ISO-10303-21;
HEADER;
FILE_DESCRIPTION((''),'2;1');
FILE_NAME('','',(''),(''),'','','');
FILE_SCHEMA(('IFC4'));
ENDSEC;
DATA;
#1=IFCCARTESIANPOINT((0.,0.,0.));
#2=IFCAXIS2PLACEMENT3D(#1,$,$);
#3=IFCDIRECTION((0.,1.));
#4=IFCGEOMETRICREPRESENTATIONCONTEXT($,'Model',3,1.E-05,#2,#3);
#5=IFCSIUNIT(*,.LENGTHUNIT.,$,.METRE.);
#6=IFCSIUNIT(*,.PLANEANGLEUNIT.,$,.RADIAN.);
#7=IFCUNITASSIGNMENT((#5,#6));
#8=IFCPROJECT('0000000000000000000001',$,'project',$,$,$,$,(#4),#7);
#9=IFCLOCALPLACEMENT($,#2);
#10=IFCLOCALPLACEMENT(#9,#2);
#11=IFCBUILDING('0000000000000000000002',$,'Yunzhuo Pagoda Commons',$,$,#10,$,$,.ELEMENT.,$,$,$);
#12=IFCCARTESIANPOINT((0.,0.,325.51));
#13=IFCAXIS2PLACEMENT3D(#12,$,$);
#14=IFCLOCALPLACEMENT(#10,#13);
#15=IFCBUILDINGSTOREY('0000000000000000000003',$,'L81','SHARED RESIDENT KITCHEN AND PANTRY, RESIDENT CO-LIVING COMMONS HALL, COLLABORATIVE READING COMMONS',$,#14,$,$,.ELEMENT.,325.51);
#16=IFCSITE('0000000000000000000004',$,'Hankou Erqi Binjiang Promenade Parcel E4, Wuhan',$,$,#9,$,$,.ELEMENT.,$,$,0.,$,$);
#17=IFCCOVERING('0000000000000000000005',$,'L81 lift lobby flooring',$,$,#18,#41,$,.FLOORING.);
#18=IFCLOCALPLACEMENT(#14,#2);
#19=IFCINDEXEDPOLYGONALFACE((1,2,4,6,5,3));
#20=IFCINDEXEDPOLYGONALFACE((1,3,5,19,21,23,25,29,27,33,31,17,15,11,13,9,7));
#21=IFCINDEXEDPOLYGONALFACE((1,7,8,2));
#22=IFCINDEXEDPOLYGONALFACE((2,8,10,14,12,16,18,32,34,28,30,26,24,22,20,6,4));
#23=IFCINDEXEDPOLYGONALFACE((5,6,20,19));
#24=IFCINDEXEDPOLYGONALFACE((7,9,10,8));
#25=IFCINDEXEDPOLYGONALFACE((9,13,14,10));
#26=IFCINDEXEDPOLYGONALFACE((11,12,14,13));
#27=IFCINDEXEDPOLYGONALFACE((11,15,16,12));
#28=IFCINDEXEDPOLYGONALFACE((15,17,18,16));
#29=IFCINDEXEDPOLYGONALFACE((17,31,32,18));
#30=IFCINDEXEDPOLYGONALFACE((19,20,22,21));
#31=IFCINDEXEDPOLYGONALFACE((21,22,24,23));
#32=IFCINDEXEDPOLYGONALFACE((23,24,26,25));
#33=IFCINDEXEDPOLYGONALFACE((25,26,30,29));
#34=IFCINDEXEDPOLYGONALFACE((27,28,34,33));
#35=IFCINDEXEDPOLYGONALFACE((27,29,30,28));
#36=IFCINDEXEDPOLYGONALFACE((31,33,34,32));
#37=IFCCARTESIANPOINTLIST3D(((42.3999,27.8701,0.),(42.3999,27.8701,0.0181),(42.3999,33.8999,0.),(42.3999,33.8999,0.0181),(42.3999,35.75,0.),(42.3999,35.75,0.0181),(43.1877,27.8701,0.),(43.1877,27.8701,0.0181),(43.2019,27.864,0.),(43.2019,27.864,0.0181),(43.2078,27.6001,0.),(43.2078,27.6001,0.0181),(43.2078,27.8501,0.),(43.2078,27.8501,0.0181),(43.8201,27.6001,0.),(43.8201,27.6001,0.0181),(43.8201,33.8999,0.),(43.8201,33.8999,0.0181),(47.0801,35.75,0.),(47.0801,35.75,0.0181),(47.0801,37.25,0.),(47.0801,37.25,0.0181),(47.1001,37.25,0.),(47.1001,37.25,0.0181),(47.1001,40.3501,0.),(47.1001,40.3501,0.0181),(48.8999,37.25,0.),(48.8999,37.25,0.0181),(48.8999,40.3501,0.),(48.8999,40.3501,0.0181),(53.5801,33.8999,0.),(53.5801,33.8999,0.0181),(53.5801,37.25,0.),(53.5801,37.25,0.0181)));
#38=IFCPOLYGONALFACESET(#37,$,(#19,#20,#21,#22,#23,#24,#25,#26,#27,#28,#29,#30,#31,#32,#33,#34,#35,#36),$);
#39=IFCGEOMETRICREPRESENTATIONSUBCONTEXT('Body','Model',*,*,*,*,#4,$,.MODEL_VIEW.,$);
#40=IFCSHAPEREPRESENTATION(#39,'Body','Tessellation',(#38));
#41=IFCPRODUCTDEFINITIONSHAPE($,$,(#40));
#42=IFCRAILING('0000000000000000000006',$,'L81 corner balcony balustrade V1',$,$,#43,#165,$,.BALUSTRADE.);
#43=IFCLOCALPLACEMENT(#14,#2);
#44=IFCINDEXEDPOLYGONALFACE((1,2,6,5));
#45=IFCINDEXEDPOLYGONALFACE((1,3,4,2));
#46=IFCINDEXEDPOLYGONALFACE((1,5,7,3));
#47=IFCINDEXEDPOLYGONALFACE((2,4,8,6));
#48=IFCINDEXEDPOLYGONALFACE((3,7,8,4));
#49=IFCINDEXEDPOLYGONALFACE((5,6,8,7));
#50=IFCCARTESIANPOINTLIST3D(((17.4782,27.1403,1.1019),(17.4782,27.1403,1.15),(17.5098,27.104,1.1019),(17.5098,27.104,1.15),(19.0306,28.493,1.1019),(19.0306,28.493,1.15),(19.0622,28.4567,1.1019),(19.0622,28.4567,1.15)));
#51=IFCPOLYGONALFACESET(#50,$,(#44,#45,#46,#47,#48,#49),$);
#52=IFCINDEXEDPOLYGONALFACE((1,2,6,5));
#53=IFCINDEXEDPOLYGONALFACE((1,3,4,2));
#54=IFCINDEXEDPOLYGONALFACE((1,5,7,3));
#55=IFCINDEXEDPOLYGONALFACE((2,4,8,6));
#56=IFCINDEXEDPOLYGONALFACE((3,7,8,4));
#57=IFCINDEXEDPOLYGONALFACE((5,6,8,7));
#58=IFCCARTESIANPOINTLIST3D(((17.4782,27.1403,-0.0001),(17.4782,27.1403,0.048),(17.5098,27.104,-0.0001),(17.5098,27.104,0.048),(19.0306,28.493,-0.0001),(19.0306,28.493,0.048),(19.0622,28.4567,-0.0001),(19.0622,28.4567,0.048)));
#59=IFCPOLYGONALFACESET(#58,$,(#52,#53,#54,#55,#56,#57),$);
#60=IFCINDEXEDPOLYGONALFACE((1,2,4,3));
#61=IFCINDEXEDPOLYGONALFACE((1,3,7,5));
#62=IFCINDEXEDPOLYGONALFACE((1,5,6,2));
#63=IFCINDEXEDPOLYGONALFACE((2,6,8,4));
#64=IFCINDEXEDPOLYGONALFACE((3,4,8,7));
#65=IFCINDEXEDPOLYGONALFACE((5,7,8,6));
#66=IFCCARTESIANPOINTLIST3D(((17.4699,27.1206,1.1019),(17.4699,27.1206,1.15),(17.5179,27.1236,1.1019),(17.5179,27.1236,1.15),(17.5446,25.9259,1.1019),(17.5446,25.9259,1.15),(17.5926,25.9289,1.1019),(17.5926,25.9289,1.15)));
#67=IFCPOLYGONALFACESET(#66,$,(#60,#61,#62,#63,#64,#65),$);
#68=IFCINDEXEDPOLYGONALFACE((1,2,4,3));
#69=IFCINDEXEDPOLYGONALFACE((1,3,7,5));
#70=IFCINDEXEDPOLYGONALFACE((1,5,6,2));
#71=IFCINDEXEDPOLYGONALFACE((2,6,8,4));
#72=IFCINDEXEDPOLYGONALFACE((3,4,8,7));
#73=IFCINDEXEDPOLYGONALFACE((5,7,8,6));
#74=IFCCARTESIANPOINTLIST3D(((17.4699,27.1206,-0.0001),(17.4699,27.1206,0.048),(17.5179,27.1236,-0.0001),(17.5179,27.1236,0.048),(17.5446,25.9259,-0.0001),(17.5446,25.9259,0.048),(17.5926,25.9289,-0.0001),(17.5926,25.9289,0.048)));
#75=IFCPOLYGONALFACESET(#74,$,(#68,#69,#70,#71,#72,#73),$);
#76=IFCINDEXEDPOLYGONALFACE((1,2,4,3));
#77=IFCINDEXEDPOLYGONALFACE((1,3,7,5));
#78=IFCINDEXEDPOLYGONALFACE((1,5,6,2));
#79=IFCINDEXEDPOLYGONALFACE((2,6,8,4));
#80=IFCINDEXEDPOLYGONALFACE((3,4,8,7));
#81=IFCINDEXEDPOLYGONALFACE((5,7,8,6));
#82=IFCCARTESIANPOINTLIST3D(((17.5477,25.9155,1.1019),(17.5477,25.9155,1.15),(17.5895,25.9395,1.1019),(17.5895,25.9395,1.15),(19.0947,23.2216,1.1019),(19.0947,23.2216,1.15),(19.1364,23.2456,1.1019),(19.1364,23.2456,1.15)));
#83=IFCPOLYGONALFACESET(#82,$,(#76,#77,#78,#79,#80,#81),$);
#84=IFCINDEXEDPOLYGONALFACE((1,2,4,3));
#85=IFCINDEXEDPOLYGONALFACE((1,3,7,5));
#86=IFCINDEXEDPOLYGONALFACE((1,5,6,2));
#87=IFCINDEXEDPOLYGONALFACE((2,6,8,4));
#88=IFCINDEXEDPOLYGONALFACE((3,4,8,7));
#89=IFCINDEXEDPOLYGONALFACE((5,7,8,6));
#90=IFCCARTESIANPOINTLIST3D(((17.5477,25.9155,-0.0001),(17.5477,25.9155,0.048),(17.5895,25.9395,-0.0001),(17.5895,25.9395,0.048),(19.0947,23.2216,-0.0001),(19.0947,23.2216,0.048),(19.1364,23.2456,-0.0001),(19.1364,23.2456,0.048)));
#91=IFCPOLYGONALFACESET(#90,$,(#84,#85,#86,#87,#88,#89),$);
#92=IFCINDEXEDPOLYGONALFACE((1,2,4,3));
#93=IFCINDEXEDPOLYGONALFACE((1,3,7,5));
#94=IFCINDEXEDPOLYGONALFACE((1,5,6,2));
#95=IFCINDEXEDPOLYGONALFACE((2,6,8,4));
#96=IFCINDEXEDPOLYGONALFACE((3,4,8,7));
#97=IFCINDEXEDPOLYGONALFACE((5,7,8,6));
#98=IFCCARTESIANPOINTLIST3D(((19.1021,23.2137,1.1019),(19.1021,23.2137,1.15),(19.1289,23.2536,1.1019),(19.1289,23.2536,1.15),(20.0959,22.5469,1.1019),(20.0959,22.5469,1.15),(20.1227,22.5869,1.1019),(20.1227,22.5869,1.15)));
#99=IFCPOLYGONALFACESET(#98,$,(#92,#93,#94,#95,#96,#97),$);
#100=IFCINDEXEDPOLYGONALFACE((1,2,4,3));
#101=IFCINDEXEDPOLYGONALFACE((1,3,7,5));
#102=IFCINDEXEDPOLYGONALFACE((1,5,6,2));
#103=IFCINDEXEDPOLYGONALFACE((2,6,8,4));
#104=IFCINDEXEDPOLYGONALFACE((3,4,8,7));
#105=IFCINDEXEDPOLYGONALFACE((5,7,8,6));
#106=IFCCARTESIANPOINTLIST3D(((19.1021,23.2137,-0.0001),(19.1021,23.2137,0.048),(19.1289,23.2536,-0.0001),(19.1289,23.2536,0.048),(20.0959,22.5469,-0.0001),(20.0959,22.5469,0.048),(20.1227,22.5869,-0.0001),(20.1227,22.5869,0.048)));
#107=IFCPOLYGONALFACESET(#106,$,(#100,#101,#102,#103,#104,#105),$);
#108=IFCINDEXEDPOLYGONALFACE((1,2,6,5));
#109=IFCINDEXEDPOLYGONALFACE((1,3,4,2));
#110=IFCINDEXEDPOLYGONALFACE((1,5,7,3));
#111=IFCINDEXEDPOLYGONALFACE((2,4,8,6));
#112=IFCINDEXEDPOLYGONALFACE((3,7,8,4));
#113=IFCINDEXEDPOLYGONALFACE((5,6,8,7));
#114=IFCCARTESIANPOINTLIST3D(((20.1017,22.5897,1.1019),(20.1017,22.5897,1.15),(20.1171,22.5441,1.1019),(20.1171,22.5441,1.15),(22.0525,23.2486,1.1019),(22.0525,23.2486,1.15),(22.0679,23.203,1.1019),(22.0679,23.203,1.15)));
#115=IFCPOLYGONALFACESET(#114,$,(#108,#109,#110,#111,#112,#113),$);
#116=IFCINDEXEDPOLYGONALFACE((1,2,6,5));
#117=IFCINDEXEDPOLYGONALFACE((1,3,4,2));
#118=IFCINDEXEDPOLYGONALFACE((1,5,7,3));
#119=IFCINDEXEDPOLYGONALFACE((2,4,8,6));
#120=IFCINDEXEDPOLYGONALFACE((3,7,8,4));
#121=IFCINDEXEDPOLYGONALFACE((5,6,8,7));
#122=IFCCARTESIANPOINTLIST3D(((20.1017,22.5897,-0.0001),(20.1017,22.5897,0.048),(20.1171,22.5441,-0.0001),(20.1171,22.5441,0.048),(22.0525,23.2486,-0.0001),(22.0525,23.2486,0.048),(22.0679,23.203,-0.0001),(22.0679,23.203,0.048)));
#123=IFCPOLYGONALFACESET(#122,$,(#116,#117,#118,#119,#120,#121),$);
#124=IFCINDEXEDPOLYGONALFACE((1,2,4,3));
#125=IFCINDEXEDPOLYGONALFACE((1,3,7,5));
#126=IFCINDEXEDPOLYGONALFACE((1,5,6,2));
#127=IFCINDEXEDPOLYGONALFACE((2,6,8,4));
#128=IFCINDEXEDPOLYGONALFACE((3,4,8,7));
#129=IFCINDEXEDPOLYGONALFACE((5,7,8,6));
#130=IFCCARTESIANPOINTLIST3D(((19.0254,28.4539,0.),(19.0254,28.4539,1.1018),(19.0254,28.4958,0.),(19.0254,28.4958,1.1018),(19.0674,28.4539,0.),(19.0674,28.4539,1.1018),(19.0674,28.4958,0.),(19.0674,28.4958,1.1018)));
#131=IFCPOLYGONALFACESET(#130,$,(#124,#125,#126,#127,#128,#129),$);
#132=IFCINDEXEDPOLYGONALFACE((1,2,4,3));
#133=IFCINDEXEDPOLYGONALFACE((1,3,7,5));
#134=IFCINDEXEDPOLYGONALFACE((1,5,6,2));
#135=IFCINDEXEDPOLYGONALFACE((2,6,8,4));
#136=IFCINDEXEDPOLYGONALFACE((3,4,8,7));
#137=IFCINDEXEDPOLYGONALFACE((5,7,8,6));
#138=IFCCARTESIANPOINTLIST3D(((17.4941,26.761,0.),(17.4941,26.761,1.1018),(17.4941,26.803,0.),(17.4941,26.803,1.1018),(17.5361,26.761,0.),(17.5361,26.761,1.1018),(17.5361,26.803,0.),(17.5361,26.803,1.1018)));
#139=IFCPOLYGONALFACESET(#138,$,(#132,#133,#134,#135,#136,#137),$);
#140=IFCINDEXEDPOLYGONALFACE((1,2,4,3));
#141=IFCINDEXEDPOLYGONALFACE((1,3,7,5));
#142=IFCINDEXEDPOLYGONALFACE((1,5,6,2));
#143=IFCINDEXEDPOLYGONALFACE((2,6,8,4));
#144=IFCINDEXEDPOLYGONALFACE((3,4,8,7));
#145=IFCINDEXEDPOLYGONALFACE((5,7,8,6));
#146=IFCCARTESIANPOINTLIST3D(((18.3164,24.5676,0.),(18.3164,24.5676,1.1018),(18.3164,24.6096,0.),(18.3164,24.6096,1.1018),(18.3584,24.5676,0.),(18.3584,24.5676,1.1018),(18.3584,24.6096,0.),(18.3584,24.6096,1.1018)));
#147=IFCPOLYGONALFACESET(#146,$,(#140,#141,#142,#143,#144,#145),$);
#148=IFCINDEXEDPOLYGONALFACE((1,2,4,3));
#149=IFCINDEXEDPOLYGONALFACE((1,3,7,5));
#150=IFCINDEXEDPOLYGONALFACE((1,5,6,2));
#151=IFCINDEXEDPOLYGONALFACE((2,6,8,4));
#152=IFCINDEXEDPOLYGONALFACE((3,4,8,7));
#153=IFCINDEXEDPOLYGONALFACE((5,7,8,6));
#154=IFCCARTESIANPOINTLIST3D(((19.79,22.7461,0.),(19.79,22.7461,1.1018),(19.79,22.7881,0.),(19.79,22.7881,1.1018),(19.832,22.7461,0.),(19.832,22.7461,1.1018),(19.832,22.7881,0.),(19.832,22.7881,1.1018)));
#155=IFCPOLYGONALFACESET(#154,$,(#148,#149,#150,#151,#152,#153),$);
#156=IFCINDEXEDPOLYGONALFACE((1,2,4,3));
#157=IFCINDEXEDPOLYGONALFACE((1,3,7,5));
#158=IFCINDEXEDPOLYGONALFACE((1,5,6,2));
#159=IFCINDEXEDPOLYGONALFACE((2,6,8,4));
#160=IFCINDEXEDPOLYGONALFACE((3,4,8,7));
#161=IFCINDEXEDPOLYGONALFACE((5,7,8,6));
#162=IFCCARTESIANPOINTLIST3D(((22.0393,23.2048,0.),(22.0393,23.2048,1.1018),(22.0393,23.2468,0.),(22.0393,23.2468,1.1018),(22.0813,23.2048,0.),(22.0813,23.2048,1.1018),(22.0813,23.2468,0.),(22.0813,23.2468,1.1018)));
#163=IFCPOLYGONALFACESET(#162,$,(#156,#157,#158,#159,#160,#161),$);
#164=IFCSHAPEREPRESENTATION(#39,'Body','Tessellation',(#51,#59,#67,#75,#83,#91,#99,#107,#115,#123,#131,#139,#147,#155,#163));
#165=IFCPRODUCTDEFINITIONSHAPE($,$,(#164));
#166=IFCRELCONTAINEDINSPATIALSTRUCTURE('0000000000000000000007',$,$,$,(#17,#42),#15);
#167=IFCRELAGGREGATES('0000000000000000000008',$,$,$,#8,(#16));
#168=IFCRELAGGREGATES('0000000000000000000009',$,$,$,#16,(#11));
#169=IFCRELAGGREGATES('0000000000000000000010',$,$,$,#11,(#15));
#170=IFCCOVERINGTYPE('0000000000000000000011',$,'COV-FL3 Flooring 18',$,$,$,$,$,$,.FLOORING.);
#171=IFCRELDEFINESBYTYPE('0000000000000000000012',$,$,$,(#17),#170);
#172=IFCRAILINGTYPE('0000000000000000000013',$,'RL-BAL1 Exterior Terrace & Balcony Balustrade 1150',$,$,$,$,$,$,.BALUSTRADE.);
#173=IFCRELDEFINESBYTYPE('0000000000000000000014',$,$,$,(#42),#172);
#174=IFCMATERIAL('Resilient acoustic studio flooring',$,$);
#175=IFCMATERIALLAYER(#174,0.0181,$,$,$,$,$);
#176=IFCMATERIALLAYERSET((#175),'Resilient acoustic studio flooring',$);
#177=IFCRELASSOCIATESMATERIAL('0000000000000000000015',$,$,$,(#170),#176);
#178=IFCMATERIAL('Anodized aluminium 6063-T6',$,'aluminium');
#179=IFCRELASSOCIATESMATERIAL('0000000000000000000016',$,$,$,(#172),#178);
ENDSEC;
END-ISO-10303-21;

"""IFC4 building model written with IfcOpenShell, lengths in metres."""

from ifc_helpers import new_model, si_unit, direction, frame, origin, origin_2d, place, context, subcontext, project, spatial, polyline, rectangle, outline, extrude, material, layer, layer_set, type_object, element, save


model = new_model("IFC4")

# Units and contexts
model_context = context("Model", 3, precision=1e-05, world=origin(), true_north=direction((0.0, 1.0)))
body_context = subcontext(model_context, "Body", "Model", "MODEL_VIEW")
ifc_project = project(units=[si_unit("LENGTHUNIT", "METRE"), si_unit("PLANEANGLEUNIT", "RADIAN")], contexts=[model_context])

# Site, building, storey
site_placement = place(None, origin())
site = spatial("IfcSite", under=ifc_project, at=site_placement, Name="Hankou Erqi Binjiang Promenade Parcel E4, Wuhan", CompositionType="ELEMENT", RefElevation=0.0)
building_placement = place(site_placement, origin())
building = spatial("IfcBuilding", under=site, at=building_placement, Name="Yunzhuo Pagoda Commons", CompositionType="ELEMENT")
storey_placement = place(building_placement, frame((0.0, 0.0, 325.51)))
storey = spatial("IfcBuildingStorey", under=building, at=storey_placement, Name="L81", Description="SHARED RESIDENT KITCHEN AND PANTRY, RESIDENT CO-LIVING COMMONS HALL, COLLABORATIVE READING COMMONS", CompositionType="ELEMENT", Elevation=325.51)

# Shared definitions
ifc_material_1 = material(Name="Anodized aluminium 6063-T6", Category="aluminium")

# Covering
ifc_material_2 = material(Name="Resilient acoustic studio flooring")
ifc_layer_1 = layer(ifc_material_2, 0.0181)
ifc_layer_set_1 = layer_set([ifc_layer_1], Name="Resilient acoustic studio flooring")
covering_type_1 = type_object("IfcCoveringType", Name="COV-FL3 Flooring 18", PredefinedType="FLOORING", material=ifc_layer_set_1)
covering_1_placement = place(storey_placement, origin())
element("IfcCovering", 1, at=covering_1_placement, inside=storey, type_object=covering_type_1, Name="L81 lift lobby flooring", PredefinedType="FLOORING", context=body_context, shape_type="SweptSolid", body=[
    extrude(outline(polyline([(42.3999, 35.75), (47.0801, 35.75), (47.0801, 37.25), (47.1001, 37.25), (47.1001, 40.3501), (48.8999, 40.3501), (48.8999, 37.25), (53.5801, 37.25), (53.5801, 33.8999), (43.8201, 33.8999), (43.8201, 27.6001), (43.2078, 27.6001), (43.2078, 27.8501), (43.2019, 27.864), (43.1877, 27.8701), (42.3999, 27.8701), (42.3999, 33.8999), (42.3999, 35.75)])), origin(), (0.0, 0.0, 1.0), 0.0181),
])

# Railing
railing_type = type_object("IfcRailingType", Name="RL-BAL1 Exterior Terrace & Balcony Balustrade 1150", PredefinedType="BALUSTRADE", material=ifc_material_1)
railing_placement = place(storey_placement, frame((19.0464, 28.4749, 0.0)))
element("IfcRailing", 2, at=railing_placement, inside=storey, type_object=railing_type, Name="L81 corner balcony balustrade V1", PredefinedType="BALUSTRADE", context=body_context, shape_type="SweptSolid", body=[
    extrude(rectangle(XDim=0.0481, YDim=0.0481, at=origin_2d()), frame((0.0, 0.0, 1.126), z_axis=(-0.753934, -0.65695, 0.0), x_axis=(0.65695, -0.753934, 0.0)), (0.0, 0.0, 1.0), 2.0591),
    extrude(rectangle(XDim=0.0481, YDim=0.0481, at=origin_2d()), frame((0.0, 0.0, 0.0239), z_axis=(-0.753934, -0.65695, 0.0), x_axis=(0.65695, -0.753934, 0.0)), (0.0, 0.0, 1.0), 2.0591),
    extrude(rectangle(XDim=0.0481, YDim=0.0481, at=origin_2d()), frame((-1.5525, -1.3528, 1.126), z_axis=(0.062416, -0.99805, 0.0), x_axis=(0.99805, 0.062416, 0.0)), (0.0, 0.0, 1.0), 1.197),
    extrude(rectangle(XDim=0.0481, YDim=0.0481, at=origin_2d()), frame((-1.5525, -1.3528, 0.0239), z_axis=(0.062416, -0.99805, 0.0), x_axis=(0.99805, 0.062416, 0.0)), (0.0, 0.0, 1.0), 1.197),
    extrude(rectangle(XDim=0.0481, YDim=0.0481, at=origin_2d()), frame((-1.4778, -2.5474, 1.126), z_axis=(0.497966, -0.867197, 0.0), x_axis=(0.867197, 0.497966, 0.0)), (0.0, 0.0, 1.0), 3.1064),
    extrude(rectangle(XDim=0.0481, YDim=0.0481, at=origin_2d()), frame((-1.4778, -2.5474, 0.0239), z_axis=(0.497966, -0.867197, 0.0), x_axis=(0.867197, 0.497966, 0.0)), (0.0, 0.0, 1.0), 3.1064),
    extrude(rectangle(XDim=0.0481, YDim=0.0481, at=origin_2d()), frame((0.0691, -5.2412, 1.126), z_axis=(0.830446, -0.557099, 0.0), x_axis=(0.557099, 0.830446, 0.0)), (0.0, 0.0, 1.0), 1.1968),
    extrude(rectangle(XDim=0.0481, YDim=0.0481, at=origin_2d()), frame((0.0691, -5.2412, 0.0239), z_axis=(0.830446, -0.557099, 0.0), x_axis=(0.557099, 0.830446, 0.0)), (0.0, 0.0, 1.0), 1.1968),
    extrude(rectangle(XDim=0.0481, YDim=0.0481, at=origin_2d()), frame((1.063, -5.908, 1.126), z_axis=(0.947419, 0.319996, 0.0), x_axis=(-0.319996, 0.947419, 0.0)), (0.0, 0.0, 1.0), 2.0591),
    extrude(rectangle(XDim=0.0481, YDim=0.0481, at=origin_2d()), frame((1.063, -5.908, 0.0239), z_axis=(0.947419, 0.319996, 0.0), x_axis=(-0.319996, 0.947419, 0.0)), (0.0, 0.0, 1.0), 2.0591),
    extrude(rectangle(XDim=0.042, YDim=0.042, at=origin_2d()), origin(), (0.0, 0.0, 1.0), 1.1018),
    extrude(rectangle(XDim=0.042, YDim=0.042, at=origin_2d()), frame((-1.5312, -1.6929, 0.0)), (0.0, 0.0, 1.0), 1.1018),
    extrude(rectangle(XDim=0.042, YDim=0.042, at=origin_2d()), frame((-0.709, -3.8862, 0.0)), (0.0, 0.0, 1.0), 1.1018),
    extrude(rectangle(XDim=0.042, YDim=0.042, at=origin_2d()), frame((0.7646, -5.7078, 0.0)), (0.0, 0.0, 1.0), 1.1018),
    extrude(rectangle(XDim=0.042, YDim=0.042, at=origin_2d()), frame((3.0139, -5.249, 0.0)), (0.0, 0.0, 1.0), 1.1018),
])

save(model, "model.ifc")
